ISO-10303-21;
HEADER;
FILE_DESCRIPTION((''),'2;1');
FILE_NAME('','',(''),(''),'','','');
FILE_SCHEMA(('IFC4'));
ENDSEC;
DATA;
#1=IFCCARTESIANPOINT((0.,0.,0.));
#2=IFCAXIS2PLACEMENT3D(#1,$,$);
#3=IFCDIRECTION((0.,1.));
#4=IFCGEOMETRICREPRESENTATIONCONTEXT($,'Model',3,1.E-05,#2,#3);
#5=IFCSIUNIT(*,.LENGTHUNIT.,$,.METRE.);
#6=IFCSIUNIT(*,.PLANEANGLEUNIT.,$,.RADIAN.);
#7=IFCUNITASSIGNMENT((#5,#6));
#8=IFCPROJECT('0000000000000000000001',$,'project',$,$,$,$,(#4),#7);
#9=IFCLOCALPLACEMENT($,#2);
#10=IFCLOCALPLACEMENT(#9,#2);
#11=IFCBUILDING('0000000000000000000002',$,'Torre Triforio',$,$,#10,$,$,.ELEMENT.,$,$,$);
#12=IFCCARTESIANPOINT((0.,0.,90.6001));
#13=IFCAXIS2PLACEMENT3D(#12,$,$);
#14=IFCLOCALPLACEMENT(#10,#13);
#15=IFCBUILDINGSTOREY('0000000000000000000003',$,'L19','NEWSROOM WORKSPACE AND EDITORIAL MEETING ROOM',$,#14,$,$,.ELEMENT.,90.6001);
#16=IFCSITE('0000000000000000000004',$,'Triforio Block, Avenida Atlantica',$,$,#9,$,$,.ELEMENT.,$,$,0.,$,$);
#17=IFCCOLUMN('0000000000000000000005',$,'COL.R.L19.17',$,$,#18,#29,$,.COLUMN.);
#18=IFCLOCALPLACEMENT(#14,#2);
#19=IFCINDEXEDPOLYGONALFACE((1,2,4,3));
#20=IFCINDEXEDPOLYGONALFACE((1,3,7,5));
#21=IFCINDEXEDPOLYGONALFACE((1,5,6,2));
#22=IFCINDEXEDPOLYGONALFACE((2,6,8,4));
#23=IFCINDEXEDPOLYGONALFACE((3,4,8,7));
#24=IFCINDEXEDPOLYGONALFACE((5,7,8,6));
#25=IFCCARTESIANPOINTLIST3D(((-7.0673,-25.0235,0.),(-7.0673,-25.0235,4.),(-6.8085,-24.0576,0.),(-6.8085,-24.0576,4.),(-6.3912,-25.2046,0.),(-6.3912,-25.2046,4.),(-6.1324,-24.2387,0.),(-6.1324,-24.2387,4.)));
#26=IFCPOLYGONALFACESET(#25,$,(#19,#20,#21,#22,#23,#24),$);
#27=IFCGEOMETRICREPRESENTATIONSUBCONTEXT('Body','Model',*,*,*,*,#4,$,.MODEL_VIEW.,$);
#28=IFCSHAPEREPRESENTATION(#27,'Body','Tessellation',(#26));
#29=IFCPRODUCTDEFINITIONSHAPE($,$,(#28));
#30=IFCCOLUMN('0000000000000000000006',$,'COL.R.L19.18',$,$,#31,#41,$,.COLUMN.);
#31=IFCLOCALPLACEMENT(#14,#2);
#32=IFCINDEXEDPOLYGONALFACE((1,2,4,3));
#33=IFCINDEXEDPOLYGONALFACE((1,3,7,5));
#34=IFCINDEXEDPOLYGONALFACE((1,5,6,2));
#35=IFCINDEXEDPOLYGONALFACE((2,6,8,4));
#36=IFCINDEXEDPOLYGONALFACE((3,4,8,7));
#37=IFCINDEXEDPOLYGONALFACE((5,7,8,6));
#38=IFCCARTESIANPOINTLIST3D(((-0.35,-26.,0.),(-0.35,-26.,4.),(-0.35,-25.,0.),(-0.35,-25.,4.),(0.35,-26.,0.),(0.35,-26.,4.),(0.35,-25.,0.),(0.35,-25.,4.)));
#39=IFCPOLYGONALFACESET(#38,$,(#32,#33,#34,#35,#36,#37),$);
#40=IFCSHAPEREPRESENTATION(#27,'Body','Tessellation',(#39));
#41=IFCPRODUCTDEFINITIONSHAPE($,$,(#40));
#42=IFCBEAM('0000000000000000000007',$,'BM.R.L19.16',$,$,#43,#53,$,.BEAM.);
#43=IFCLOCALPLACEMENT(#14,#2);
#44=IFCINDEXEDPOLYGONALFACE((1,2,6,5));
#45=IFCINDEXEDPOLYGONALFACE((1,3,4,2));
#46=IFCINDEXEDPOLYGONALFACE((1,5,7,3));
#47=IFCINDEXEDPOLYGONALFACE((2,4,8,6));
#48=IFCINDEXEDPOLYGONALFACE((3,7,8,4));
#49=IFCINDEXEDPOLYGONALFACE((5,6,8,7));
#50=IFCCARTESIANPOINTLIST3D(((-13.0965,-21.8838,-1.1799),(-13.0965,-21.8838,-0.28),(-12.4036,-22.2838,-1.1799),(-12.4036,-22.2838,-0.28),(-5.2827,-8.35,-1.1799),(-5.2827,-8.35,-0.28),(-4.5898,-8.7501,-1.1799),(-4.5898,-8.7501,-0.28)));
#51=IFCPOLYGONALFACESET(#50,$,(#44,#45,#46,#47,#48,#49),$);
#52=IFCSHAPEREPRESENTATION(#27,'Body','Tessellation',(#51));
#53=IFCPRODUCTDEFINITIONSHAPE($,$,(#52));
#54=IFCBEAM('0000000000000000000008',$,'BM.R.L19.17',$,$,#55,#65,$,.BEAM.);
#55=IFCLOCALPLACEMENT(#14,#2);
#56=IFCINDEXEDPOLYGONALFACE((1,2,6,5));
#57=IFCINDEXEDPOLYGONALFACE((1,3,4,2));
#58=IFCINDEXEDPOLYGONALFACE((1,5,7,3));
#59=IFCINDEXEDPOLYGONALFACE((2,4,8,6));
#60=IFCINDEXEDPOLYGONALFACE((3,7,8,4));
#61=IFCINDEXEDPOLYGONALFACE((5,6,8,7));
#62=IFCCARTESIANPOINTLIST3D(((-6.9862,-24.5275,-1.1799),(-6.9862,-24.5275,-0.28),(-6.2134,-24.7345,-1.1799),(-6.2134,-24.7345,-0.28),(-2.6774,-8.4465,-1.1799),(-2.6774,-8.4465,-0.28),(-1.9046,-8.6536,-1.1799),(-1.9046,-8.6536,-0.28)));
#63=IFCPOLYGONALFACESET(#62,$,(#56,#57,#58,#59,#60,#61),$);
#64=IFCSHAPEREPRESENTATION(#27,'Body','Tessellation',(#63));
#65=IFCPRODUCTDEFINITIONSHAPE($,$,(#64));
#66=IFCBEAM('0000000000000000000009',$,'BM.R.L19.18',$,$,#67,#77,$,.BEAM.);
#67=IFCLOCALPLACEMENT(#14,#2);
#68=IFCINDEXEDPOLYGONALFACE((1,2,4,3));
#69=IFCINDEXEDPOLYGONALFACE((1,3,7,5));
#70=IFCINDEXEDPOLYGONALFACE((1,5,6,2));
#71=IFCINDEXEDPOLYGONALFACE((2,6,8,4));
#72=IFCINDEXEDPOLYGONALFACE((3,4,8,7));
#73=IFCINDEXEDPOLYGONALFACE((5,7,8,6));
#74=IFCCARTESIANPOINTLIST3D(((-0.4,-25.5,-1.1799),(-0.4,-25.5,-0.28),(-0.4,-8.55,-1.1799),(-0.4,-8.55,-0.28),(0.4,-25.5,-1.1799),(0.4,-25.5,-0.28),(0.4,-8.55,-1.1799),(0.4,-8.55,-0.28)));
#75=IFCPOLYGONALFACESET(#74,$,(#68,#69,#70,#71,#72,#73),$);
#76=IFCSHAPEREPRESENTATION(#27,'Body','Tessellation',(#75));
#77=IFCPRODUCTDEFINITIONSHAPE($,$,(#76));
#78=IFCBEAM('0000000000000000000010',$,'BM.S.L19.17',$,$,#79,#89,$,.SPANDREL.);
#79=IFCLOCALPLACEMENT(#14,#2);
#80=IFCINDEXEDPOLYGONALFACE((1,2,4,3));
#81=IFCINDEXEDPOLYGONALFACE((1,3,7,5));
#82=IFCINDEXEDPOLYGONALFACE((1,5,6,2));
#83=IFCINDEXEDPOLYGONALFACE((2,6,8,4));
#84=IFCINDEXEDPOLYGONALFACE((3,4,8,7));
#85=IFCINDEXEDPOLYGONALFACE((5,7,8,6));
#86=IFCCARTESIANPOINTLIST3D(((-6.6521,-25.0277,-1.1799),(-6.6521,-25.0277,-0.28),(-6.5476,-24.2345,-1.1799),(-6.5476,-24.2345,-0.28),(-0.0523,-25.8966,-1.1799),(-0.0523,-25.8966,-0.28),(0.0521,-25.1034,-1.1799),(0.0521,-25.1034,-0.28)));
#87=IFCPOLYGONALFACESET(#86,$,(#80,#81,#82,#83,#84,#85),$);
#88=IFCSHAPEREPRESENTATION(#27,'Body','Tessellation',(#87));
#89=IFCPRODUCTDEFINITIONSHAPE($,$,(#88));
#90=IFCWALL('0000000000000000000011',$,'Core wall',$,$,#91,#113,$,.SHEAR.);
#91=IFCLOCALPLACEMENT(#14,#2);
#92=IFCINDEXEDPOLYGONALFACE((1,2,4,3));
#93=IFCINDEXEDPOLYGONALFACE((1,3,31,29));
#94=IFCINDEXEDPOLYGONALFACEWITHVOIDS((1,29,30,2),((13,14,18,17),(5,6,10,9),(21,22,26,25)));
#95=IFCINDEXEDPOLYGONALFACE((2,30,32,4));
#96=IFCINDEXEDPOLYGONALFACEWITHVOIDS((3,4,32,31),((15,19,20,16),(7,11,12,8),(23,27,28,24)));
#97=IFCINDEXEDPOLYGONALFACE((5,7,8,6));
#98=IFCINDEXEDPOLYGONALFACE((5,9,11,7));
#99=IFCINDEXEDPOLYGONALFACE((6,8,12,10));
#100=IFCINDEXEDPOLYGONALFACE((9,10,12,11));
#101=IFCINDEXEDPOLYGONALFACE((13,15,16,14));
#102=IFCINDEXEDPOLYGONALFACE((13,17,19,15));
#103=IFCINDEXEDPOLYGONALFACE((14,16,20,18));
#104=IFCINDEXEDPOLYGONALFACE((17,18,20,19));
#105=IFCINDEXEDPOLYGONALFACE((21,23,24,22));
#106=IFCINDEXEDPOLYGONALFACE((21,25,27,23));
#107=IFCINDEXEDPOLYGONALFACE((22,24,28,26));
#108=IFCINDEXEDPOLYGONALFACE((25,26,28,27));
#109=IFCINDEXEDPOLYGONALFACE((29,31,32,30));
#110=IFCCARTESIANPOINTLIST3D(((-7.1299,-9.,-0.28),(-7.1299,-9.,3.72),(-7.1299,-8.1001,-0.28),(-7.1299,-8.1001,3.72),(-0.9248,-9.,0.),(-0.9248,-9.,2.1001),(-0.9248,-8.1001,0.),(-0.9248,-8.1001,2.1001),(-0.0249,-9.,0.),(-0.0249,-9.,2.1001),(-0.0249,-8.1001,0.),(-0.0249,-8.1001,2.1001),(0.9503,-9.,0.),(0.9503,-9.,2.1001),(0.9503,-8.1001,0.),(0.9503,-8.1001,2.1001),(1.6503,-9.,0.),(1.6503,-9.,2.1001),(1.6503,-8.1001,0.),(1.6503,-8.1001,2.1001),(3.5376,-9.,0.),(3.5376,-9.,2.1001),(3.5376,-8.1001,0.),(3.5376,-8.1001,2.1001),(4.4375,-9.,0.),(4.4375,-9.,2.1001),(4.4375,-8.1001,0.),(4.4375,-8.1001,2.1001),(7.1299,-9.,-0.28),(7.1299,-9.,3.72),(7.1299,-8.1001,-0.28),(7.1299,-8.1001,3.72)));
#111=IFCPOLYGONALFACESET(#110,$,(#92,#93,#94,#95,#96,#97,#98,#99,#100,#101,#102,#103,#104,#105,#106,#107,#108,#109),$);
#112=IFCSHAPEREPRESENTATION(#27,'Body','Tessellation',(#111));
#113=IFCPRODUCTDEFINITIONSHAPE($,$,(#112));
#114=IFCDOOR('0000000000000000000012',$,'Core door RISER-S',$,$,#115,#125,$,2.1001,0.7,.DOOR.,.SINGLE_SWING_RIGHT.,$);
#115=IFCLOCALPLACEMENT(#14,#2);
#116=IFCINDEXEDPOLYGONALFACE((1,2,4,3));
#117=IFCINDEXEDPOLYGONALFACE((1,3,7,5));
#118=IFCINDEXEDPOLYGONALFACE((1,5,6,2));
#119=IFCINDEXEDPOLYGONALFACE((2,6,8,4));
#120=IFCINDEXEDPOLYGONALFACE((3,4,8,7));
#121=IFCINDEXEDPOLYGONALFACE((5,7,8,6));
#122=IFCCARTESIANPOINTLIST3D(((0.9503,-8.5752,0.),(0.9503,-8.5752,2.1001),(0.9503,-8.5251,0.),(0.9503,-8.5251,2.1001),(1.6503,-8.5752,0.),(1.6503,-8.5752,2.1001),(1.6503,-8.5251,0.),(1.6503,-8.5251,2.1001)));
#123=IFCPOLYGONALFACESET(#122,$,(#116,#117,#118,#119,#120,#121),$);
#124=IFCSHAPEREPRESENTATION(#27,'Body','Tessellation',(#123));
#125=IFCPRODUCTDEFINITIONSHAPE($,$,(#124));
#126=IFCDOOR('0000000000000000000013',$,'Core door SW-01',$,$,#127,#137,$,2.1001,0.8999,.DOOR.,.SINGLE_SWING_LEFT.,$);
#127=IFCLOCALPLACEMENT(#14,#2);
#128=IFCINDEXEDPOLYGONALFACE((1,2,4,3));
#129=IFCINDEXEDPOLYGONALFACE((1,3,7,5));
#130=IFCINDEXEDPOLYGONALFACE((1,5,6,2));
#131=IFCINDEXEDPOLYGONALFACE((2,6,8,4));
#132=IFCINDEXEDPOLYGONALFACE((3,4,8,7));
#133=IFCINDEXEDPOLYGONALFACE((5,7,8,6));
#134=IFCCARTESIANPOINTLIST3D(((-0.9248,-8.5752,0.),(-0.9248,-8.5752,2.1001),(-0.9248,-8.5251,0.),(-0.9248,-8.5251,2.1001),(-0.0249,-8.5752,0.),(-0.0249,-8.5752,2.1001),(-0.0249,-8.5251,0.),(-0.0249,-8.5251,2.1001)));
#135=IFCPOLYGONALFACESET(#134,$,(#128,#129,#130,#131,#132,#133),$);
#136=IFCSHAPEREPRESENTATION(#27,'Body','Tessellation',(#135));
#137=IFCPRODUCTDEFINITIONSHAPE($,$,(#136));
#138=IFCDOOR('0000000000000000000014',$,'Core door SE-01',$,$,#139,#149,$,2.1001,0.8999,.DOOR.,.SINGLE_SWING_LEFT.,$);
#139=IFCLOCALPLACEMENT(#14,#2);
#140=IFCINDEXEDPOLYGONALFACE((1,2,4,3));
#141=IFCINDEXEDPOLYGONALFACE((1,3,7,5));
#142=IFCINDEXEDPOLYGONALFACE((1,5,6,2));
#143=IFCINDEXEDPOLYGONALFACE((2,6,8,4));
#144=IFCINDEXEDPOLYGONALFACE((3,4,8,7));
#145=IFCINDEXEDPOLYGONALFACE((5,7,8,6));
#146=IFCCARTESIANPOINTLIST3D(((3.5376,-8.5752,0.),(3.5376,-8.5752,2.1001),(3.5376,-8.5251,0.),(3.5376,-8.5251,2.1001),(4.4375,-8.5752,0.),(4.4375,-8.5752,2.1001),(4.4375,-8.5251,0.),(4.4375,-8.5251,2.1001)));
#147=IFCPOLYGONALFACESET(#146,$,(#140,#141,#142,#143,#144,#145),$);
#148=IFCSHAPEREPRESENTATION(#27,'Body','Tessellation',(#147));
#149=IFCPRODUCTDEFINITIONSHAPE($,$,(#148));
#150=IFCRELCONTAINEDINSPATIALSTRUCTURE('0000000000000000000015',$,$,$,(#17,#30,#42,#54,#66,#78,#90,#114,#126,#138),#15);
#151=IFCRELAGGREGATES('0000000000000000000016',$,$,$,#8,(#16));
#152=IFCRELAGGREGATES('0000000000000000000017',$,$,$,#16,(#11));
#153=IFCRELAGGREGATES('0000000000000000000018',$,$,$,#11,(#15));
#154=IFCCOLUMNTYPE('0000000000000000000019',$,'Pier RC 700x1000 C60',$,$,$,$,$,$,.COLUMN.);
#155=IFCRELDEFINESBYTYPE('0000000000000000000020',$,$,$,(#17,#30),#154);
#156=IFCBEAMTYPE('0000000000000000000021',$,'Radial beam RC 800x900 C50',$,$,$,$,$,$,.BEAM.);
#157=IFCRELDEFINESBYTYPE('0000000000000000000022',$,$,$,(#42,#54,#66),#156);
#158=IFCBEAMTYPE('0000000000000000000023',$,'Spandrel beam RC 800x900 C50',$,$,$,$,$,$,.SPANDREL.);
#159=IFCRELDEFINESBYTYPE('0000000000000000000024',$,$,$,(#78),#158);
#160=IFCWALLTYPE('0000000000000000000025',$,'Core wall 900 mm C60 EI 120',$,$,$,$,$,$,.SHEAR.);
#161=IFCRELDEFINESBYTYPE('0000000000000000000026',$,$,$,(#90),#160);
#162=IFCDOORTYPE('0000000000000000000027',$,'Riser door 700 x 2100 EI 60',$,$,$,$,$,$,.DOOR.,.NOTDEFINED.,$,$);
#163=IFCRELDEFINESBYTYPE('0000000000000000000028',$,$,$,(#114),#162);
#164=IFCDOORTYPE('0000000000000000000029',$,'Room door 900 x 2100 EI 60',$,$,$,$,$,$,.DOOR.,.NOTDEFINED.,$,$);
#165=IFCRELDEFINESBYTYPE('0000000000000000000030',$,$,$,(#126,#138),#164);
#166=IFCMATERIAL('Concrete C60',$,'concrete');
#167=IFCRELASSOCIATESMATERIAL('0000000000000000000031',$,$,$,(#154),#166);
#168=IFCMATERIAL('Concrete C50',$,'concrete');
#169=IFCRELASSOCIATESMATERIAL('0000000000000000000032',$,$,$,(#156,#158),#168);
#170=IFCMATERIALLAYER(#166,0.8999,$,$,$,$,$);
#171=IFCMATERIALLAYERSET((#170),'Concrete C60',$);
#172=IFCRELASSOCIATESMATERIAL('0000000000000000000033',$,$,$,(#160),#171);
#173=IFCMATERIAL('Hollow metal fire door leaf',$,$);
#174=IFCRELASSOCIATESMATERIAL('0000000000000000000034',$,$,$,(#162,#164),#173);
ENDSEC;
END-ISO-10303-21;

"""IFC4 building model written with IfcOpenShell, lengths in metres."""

from ifc_helpers import new_model, si_unit, direction, frame, frame_2d, origin, origin_2d, place, context, subcontext, project, spatial, rectangle, extrude, material, layer, layer_set, material_profile, profile_set, type_object, element, fill, save


model = new_model("IFC4")

# Units and contexts
model_context = context("Model", 3, precision=1e-05, world=origin(), true_north=direction((0.0, 1.0)))
body_context = subcontext(model_context, "Body", "Model", "MODEL_VIEW")
ifc_project = project(units=[si_unit("LENGTHUNIT", "METRE"), si_unit("PLANEANGLEUNIT", "RADIAN")], contexts=[model_context])

# Site, building, storey
site_placement = place(None, origin())
site = spatial("IfcSite", under=ifc_project, at=site_placement, Name="Triforio Block, Avenida Atlantica", CompositionType="ELEMENT", RefElevation=0.0)
building_placement = place(site_placement, origin())
building = spatial("IfcBuilding", under=site, at=building_placement, Name="Torre Triforio", CompositionType="ELEMENT")
storey_placement = place(building_placement, frame((0.0, 0.0, 90.6001)))
storey = spatial("IfcBuildingStorey", under=building, at=storey_placement, Name="L19", Description="NEWSROOM WORKSPACE AND EDITORIAL MEETING ROOM", CompositionType="ELEMENT", Elevation=90.6001)

# Columns
ifc_material_1 = material(Name="Concrete C60", Category="concrete")
ifc_material_profile_1 = material_profile(ifc_material_1, rectangle(XDim=0.7, YDim=1.0, at=origin_2d()), Name="RC 700x1000")
ifc_profile_set_1 = profile_set([ifc_material_profile_1], Name="Concrete C60")
column_type = type_object("IfcColumnType", Name="Pier RC 700x1000 C60", PredefinedType="COLUMN", material=ifc_profile_set_1)
for number, where, z_axis, x_axis, name in (
    (1, (-6.5999, -24.6311, 0.0), (0.0, 0.0, 1.0), (0.965926, -0.258819, 0.0), "COL.R.L19.17"),
    (2, (0.0, -25.5, 0.0), (0.0, 0.0, 1.0), (1.0, 0.0, 0.0), "COL.R.L19.18"),
):
    element("IfcColumn", number, at=place(storey_placement, frame(where, z_axis=z_axis, x_axis=x_axis)), inside=storey, type_object=column_type, Name=name, PredefinedType="COLUMN", context=body_context, shape_type="SweptSolid", body=[
        extrude(rectangle(XDim=0.7, YDim=1.0, at=origin_2d()), origin(), (0.0, 0.0, 1.0), 4.0),
    ])

# Beams
ifc_material_2 = material(Name="Concrete C50", Category="concrete")
ifc_material_profile_2 = material_profile(ifc_material_2, rectangle(XDim=0.8, YDim=0.8999, at=origin_2d()), Name="RC 800x900")
ifc_profile_set_2 = profile_set([ifc_material_profile_2], Name="Concrete C50")
beam_type_1 = type_object("IfcBeamType", Name="Radial beam RC 800x900 C50", PredefinedType="BEAM", material=ifc_profile_set_2)
beam_1_placement = place(storey_placement, frame((-4.9363, -8.55, -0.73), z_axis=(-0.500002, -0.866024, 0.0), x_axis=(0.866024, -0.500002, 0.0)))
element("IfcBeam", 3, at=beam_1_placement, inside=storey, type_object=beam_type_1, Name="BM.R.L19.16", PredefinedType="BEAM", context=body_context, shape_type="SweptSolid", body=[
    extrude(rectangle(XDim=0.8, YDim=0.8999, at=origin_2d()), origin(), (0.0, 0.0, 1.0), 15.6274),
])
beam_2_placement = place(storey_placement, frame((-2.291, -8.55, -0.73), z_axis=(-0.258815, -0.965927, 0.0), x_axis=(0.965927, -0.258815, 0.0)))
element("IfcBeam", 4, at=beam_2_placement, inside=storey, type_object=beam_type_1, Name="BM.R.L19.17", PredefinedType="BEAM", context=body_context, shape_type="SweptSolid", body=[
    extrude(rectangle(XDim=0.8, YDim=0.8999, at=origin_2d()), origin(), (0.0, 0.0, 1.0), 16.6482),
])
beam_3_placement = place(storey_placement, frame((0.0, -8.55, -0.73), z_axis=(0.0, -1.0, 0.0), x_axis=(1.0, 0.0, 0.0)))
element("IfcBeam", 5, at=beam_3_placement, inside=storey, type_object=beam_type_1, Name="BM.R.L19.18", PredefinedType="BEAM", context=body_context, shape_type="SweptSolid", body=[
    extrude(rectangle(XDim=0.8, YDim=0.8999, at=origin_2d()), origin(), (0.0, 0.0, 1.0), 16.95),
])
ifc_material_profile_3 = material_profile(ifc_material_2, rectangle(XDim=0.8, YDim=0.8999, at=origin_2d()), Name="RC 800x900")
ifc_profile_set_3 = profile_set([ifc_material_profile_3], Name="Concrete C50")
beam_type_2 = type_object("IfcBeamType", Name="Spandrel beam RC 800x900 C50", PredefinedType="SPANDREL", material=ifc_profile_set_3)
beam_4_placement = place(storey_placement, frame((-6.5999, -24.6311, -0.73), z_axis=(0.991445, -0.130528, 0.0), x_axis=(0.130528, 0.991445, 0.0)))
element("IfcBeam", 6, at=beam_4_placement, inside=storey, type_object=beam_type_2, Name="BM.S.L19.17", PredefinedType="SPANDREL", context=body_context, shape_type="SweptSolid", body=[
    extrude(rectangle(XDim=0.8, YDim=0.8999, at=origin_2d()), origin(), (0.0, 0.0, 1.0), 6.6567),
])

# Wall, openings, doors
ifc_layer_1 = layer(ifc_material_1, 0.8999)
ifc_layer_set_1 = layer_set([ifc_layer_1], Name="Concrete C60")
wall_type_1 = type_object("IfcWallType", Name="Core wall 900 mm C60 EI 120", PredefinedType="SHEAR", material=ifc_layer_set_1)
wall_1_placement = place(storey_placement, frame((-7.1299, -8.55, -0.28), z_axis=(0.0, 0.0, 1.0), x_axis=(1.0, 0.0, 0.0)))
wall_1 = element("IfcWall", 7, at=wall_1_placement, inside=storey, type_object=wall_type_1, Name="Core wall", PredefinedType="SHEAR", context=body_context, shape_type="SweptSolid", body=[
    extrude(rectangle(XDim=14.2598, YDim=0.8999, at=frame_2d((7.1299, 0.0))), origin(), (0.0, 0.0, 1.0), 4.0),
])
opening_1_placement = place(wall_1_placement, frame((8.0801, 0.0, 0.28)))
opening_1 = element("IfcOpeningElement", 8, at=opening_1_placement, cuts=wall_1, PredefinedType="OPENING", context=body_context, shape_type="SweptSolid", body=[
    extrude(rectangle(XDim=0.7, YDim=2.1001, at=frame_2d((0.3501, 1.05))), frame((0.0, 0.46, 0.0), z_axis=(0.0, -1.0, 0.0), x_axis=(1.0, 0.0, 0.0)), (0.0, 0.0, 1.0), 0.9199),
])
opening_2_placement = place(wall_1_placement, frame((6.2051, 0.0, 0.28)))
opening_2 = element("IfcOpeningElement", 9, at=opening_2_placement, cuts=wall_1, PredefinedType="OPENING", context=body_context, shape_type="SweptSolid", body=[
    extrude(rectangle(XDim=0.8999, YDim=2.1001, at=frame_2d((0.45, 1.05))), frame((0.0, 0.46, 0.0), z_axis=(0.0, -1.0, 0.0), x_axis=(1.0, 0.0, 0.0)), (0.0, 0.0, 1.0), 0.9199),
])
opening_3_placement = place(wall_1_placement, frame((10.6675, 0.0, 0.28)))
opening_3 = element("IfcOpeningElement", 10, at=opening_3_placement, cuts=wall_1, PredefinedType="OPENING", context=body_context, shape_type="SweptSolid", body=[
    extrude(rectangle(XDim=0.8999, YDim=2.1001, at=frame_2d((0.45, 1.05))), frame((0.0, 0.46, 0.0), z_axis=(0.0, -1.0, 0.0), x_axis=(1.0, 0.0, 0.0)), (0.0, 0.0, 1.0), 0.9199),
])
ifc_material_3 = material(Name="Hollow metal fire door leaf")
door_type_1 = type_object("IfcDoorType", Name="Riser door 700 x 2100 EI 60", OperationType="NOTDEFINED", PredefinedType="DOOR", material=ifc_material_3)
door_1_placement = place(opening_1_placement, origin())
door_1 = element("IfcDoor", 11, at=door_1_placement, inside=storey, type_object=door_type_1, Name="Core door RISER-S", OperationType="SINGLE_SWING_RIGHT", OverallHeight=2.1001, OverallWidth=0.7, PredefinedType="DOOR", context=body_context, shape_type="SweptSolid", body=[
    extrude(rectangle(XDim=0.7, YDim=2.1001, at=frame_2d((0.3501, 1.05))), frame((0.0, 0.0249, 0.0), z_axis=(0.0, -1.0, 0.0), x_axis=(1.0, 0.0, 0.0)), (0.0, 0.0, 1.0), 0.05),
])
fill(opening_1, door_1)
door_type_2 = type_object("IfcDoorType", Name="Room door 900 x 2100 EI 60", OperationType="NOTDEFINED", PredefinedType="DOOR", material=ifc_material_3)
door_2_placement = place(opening_2_placement, origin())
door_2 = element("IfcDoor", 12, at=door_2_placement, inside=storey, type_object=door_type_2, Name="Core door SW-01", OperationType="SINGLE_SWING_LEFT", OverallHeight=2.1001, OverallWidth=0.8999, PredefinedType="DOOR", context=body_context, shape_type="SweptSolid", body=[
    extrude(rectangle(XDim=0.8999, YDim=2.1001, at=frame_2d((0.45, 1.05))), frame((0.0, 0.0249, 0.0), z_axis=(0.0, -1.0, 0.0), x_axis=(1.0, 0.0, 0.0)), (0.0, 0.0, 1.0), 0.05),
])
fill(opening_2, door_2)
door_3_placement = place(opening_3_placement, origin())
door_3 = element("IfcDoor", 13, at=door_3_placement, inside=storey, type_object=door_type_2, Name="Core door SE-01", OperationType="SINGLE_SWING_LEFT", OverallHeight=2.1001, OverallWidth=0.8999, PredefinedType="DOOR", context=body_context, shape_type="SweptSolid", body=[
    extrude(rectangle(XDim=0.8999, YDim=2.1001, at=frame_2d((0.45, 1.05))), frame((0.0, 0.0249, 0.0), z_axis=(0.0, -1.0, 0.0), x_axis=(1.0, 0.0, 0.0)), (0.0, 0.0, 1.0), 0.05),
])
fill(opening_3, door_3)

save(model, "model.ifc")
